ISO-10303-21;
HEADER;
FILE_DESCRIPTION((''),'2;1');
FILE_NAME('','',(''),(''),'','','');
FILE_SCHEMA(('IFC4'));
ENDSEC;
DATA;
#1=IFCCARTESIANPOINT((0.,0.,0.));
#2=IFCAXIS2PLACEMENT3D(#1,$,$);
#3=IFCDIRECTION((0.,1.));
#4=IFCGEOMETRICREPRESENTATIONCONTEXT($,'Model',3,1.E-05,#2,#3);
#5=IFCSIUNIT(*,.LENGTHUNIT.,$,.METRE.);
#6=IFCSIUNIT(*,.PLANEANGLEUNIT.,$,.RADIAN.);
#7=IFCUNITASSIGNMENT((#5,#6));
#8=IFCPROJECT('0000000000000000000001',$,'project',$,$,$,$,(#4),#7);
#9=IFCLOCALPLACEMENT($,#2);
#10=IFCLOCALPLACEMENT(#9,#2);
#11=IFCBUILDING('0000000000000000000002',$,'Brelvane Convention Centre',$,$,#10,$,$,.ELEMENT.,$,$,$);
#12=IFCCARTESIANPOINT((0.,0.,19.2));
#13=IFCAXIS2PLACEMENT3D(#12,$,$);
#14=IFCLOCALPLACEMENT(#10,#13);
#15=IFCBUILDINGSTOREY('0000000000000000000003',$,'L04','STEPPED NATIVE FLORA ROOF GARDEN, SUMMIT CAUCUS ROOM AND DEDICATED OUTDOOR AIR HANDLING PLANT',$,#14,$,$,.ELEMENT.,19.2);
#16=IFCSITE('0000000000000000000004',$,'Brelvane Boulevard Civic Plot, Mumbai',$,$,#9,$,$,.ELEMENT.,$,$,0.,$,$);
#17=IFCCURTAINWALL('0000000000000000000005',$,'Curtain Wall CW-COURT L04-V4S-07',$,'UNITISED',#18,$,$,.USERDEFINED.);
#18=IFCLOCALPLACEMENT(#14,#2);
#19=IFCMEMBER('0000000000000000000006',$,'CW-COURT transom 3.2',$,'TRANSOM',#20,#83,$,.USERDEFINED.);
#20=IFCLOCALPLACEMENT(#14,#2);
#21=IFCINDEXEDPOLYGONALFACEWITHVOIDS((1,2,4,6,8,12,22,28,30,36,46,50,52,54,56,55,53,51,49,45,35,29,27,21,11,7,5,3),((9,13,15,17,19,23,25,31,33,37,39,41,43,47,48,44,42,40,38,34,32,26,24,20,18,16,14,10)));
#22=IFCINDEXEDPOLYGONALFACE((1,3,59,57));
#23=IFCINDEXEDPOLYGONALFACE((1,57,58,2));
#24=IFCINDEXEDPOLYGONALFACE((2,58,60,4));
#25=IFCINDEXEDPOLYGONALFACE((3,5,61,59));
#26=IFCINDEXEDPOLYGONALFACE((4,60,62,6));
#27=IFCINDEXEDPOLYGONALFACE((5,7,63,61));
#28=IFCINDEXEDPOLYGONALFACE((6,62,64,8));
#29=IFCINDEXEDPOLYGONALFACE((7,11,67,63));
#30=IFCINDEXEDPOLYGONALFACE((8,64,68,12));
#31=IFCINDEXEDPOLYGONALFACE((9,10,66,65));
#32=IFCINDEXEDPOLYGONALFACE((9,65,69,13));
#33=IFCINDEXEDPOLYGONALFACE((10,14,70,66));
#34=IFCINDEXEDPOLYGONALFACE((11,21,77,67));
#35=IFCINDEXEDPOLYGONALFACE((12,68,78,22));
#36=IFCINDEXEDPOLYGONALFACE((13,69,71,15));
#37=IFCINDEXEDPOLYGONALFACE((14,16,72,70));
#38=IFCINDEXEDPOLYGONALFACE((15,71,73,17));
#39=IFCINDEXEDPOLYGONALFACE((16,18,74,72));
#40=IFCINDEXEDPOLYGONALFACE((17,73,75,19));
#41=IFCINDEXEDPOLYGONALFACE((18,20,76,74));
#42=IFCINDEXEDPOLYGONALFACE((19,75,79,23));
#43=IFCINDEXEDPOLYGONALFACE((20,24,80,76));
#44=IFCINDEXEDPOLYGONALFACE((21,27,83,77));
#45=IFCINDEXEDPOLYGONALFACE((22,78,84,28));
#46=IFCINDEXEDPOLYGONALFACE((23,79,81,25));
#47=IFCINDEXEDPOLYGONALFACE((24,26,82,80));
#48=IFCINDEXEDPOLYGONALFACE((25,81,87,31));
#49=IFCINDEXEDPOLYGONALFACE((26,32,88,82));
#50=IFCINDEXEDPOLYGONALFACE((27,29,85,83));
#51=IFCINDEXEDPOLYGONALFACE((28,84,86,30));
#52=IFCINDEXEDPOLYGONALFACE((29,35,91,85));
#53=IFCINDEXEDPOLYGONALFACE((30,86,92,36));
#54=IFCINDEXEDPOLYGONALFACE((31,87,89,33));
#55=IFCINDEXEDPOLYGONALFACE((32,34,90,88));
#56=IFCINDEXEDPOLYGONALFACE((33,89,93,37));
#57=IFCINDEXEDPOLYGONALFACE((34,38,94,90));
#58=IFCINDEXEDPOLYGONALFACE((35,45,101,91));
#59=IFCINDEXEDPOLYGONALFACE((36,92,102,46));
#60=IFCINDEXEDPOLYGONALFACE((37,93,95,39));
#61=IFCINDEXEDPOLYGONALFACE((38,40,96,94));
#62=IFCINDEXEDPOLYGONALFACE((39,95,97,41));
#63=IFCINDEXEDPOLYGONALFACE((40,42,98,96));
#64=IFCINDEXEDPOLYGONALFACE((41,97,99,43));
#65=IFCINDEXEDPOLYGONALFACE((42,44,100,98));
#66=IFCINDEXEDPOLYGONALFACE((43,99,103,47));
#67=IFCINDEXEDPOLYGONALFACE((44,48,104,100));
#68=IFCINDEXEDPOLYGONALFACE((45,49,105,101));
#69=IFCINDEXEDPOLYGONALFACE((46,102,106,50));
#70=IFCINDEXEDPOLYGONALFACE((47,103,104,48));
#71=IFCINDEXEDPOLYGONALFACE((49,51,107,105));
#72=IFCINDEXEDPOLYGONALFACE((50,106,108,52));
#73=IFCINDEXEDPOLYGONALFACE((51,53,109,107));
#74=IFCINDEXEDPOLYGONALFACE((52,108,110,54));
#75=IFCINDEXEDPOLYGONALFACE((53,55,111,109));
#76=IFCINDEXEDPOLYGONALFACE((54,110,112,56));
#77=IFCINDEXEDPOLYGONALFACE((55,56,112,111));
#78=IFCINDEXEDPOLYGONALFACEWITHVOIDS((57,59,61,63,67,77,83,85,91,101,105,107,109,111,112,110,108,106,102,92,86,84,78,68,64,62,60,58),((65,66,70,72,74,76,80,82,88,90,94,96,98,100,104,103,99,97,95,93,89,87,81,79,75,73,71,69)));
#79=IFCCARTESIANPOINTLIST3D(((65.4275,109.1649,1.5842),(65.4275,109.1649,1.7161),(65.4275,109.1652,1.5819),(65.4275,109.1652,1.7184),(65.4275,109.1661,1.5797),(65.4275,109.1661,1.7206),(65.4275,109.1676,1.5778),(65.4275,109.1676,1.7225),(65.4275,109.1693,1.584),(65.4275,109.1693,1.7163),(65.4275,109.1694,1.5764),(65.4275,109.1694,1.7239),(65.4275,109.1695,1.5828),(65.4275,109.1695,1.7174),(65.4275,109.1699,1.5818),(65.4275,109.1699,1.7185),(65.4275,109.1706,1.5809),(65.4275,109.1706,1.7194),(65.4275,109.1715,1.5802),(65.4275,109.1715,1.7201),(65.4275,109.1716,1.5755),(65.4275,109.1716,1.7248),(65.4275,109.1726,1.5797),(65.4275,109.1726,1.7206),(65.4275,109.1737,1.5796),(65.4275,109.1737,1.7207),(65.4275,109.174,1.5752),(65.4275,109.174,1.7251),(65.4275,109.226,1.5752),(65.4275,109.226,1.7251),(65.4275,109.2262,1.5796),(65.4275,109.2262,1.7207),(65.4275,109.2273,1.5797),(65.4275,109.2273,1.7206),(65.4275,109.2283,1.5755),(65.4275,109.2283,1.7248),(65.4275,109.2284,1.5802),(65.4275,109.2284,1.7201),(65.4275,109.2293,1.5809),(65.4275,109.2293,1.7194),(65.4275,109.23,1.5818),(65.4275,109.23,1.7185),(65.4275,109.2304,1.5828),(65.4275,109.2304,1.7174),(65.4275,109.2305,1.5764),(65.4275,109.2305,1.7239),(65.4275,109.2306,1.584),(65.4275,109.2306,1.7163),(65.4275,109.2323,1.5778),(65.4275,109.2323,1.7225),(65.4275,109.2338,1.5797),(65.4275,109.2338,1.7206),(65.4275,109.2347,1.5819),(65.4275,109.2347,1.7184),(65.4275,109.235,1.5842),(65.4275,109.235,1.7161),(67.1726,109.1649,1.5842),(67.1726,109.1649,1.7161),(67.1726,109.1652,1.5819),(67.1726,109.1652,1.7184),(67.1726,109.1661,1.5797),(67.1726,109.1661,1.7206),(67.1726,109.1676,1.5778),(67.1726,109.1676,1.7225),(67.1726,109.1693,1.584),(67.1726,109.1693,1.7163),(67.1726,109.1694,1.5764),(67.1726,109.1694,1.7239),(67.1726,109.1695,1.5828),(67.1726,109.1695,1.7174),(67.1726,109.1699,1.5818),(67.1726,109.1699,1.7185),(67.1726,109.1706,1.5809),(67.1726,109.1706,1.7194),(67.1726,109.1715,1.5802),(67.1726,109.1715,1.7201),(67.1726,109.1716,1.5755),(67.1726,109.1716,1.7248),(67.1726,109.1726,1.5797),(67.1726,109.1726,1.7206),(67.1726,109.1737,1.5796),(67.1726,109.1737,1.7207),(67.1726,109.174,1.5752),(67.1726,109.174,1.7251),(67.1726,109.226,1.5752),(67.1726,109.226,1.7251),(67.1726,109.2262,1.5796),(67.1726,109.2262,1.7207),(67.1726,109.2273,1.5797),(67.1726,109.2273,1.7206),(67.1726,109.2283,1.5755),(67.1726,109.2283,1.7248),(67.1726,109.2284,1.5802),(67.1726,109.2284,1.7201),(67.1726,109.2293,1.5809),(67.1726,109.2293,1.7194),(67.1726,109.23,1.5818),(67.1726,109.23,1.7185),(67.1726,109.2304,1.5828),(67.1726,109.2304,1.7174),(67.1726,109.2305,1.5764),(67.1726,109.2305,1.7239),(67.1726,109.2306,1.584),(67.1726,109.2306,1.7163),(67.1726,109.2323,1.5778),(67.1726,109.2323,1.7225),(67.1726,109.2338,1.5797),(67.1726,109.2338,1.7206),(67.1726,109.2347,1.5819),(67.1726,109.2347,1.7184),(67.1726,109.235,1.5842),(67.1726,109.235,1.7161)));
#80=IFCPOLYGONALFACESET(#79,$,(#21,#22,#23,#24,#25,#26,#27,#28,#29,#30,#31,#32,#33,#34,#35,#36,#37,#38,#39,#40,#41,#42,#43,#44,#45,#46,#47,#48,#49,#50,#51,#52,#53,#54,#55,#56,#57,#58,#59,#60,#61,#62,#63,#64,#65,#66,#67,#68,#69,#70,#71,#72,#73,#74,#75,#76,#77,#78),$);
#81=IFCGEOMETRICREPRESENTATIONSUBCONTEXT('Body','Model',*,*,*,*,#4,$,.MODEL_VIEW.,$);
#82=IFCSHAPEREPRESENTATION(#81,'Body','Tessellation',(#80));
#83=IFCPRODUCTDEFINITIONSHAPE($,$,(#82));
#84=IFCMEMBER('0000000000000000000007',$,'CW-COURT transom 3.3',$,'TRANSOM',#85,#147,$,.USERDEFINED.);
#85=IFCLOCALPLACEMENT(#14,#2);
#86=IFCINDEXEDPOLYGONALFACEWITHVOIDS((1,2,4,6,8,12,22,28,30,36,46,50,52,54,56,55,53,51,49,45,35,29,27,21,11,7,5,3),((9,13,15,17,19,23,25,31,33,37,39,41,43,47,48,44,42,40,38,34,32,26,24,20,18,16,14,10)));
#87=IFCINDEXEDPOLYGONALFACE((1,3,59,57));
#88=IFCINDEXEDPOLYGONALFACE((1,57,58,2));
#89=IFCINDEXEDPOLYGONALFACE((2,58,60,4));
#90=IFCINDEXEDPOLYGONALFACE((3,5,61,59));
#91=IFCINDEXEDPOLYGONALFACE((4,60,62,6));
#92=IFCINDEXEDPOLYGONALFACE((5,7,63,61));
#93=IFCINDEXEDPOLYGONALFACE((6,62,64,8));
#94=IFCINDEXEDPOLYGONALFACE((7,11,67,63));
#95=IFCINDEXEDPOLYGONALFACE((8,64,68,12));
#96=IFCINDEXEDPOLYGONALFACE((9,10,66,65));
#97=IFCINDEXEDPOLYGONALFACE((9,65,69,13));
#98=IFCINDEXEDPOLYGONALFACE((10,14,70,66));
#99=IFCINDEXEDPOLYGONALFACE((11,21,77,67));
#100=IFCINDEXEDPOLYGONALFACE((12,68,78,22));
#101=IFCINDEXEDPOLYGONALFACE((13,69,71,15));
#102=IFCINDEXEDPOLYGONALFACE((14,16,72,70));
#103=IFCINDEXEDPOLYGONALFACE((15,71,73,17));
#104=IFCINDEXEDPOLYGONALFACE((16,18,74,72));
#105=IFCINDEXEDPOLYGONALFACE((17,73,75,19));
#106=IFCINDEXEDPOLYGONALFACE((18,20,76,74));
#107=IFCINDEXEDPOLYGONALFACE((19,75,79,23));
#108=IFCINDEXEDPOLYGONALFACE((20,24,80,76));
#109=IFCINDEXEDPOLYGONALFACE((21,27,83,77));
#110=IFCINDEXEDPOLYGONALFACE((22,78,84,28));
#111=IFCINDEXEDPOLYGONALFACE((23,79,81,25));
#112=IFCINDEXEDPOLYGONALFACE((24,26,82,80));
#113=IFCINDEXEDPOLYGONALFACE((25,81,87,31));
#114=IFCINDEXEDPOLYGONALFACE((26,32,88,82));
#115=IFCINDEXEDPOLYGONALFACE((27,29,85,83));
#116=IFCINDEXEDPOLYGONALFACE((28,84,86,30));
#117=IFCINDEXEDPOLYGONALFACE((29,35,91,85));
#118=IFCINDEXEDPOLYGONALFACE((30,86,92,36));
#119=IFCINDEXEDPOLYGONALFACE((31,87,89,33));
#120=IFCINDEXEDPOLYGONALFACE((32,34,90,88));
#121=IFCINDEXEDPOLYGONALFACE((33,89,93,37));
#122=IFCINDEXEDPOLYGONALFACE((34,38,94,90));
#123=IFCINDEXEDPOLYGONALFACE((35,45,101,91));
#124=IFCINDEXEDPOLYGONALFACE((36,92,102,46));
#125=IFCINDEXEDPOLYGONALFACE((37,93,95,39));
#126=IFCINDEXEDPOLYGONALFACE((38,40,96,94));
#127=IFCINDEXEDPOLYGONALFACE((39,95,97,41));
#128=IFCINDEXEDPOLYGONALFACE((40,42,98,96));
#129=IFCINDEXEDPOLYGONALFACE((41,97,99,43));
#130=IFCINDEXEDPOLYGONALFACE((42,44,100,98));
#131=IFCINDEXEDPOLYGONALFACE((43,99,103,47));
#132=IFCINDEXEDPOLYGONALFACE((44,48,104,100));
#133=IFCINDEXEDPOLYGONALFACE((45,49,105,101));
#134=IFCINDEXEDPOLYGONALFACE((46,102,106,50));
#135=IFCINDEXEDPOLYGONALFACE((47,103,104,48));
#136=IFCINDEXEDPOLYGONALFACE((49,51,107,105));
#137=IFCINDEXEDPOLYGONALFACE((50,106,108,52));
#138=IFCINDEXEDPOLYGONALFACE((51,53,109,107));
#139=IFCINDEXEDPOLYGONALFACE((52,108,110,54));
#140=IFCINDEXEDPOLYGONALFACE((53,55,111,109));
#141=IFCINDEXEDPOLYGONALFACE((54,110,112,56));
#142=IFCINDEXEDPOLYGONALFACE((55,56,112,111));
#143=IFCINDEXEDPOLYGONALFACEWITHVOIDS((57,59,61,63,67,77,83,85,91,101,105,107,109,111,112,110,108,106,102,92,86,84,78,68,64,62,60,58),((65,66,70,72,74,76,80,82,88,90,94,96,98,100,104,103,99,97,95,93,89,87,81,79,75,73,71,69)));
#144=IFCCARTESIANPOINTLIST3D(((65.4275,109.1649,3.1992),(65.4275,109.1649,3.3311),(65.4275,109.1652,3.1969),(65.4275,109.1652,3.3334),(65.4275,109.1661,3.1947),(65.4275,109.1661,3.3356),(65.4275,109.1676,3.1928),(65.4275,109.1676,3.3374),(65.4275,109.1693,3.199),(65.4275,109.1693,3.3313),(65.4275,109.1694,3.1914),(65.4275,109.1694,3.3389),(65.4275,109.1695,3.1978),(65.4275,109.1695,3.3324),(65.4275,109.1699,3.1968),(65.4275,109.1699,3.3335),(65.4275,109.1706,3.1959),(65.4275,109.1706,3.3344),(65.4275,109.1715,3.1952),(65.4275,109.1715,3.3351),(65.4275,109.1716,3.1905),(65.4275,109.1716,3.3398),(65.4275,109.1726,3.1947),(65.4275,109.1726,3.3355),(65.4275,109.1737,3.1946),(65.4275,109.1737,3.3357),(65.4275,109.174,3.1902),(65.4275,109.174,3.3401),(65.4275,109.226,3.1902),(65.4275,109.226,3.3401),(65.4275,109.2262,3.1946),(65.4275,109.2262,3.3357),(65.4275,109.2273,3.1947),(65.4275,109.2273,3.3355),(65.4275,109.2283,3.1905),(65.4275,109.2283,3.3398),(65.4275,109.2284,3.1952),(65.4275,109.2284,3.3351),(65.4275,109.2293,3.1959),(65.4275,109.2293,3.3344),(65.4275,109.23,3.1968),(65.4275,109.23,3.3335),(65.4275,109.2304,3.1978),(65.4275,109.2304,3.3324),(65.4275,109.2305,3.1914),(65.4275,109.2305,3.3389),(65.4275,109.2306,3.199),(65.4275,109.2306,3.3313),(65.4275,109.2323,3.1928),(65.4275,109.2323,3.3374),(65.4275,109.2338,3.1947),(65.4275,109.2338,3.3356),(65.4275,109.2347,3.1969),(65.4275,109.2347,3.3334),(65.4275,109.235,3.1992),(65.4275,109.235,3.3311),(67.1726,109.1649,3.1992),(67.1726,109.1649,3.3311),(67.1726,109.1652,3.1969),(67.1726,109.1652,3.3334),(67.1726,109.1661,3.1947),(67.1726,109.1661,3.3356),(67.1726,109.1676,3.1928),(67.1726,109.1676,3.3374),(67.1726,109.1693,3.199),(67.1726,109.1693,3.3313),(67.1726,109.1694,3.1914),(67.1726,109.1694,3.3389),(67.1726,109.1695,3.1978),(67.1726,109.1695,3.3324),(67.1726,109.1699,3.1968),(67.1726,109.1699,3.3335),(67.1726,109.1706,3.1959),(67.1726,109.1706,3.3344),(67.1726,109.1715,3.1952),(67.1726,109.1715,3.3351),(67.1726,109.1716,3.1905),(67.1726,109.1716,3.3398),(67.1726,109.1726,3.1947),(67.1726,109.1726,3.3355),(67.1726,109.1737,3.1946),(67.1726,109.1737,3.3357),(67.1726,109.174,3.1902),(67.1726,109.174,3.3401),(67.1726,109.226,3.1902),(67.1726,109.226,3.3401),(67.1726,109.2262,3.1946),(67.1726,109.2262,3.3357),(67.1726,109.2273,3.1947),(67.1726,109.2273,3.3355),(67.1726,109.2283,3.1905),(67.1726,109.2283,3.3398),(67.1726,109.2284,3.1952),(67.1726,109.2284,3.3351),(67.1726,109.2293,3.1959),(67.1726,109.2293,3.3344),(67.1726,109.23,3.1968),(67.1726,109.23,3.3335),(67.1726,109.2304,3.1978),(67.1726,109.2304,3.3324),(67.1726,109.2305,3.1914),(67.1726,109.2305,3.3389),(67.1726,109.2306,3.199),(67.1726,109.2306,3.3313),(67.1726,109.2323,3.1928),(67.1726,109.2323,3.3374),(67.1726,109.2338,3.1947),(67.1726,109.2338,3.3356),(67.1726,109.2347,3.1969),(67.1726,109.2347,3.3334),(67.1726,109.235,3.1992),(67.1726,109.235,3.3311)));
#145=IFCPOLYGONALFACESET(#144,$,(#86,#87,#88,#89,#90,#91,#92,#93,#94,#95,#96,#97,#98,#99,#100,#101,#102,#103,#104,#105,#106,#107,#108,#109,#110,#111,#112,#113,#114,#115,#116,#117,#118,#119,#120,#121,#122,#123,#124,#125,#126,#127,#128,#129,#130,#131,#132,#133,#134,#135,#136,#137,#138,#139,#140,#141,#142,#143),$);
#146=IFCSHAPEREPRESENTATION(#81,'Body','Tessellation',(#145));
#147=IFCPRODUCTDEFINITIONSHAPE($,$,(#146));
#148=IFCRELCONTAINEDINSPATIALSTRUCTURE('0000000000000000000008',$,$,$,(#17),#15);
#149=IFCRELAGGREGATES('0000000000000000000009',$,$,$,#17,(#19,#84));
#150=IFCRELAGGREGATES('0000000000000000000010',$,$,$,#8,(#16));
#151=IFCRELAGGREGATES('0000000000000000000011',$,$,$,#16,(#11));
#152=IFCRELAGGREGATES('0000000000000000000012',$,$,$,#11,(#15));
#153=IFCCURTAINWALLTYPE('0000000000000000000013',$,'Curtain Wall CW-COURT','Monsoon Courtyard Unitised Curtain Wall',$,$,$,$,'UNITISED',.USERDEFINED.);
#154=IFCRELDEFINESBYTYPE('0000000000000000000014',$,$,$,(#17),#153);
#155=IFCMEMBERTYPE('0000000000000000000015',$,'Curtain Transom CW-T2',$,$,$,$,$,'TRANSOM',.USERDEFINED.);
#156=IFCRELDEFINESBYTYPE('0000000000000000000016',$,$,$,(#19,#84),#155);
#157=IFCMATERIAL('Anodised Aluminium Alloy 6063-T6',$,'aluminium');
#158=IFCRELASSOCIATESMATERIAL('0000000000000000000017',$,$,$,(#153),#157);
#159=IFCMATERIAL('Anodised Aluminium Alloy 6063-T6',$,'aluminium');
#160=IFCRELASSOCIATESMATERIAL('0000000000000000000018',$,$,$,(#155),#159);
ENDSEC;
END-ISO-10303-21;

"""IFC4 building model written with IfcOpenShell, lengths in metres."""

from ifc_helpers import new_model, si_unit, direction, frame, origin, origin_2d, place, context, subcontext, project, spatial, hollow_rectangle, extrude, material, material_profile, profile_set, type_object, element, aggregate, save


model = new_model("IFC4")

# Units and contexts
model_context = context("Model", 3, precision=1e-05, world=origin(), true_north=direction((0.0, 1.0)))
body_context = subcontext(model_context, "Body", "Model", "MODEL_VIEW")
ifc_project = project(units=[si_unit("LENGTHUNIT", "METRE"), si_unit("PLANEANGLEUNIT", "RADIAN")], contexts=[model_context])

# Site, building, storey
site_placement = place(None, origin())
site = spatial("IfcSite", under=ifc_project, at=site_placement, Name="Brelvane Boulevard Civic Plot, Mumbai", CompositionType="ELEMENT", RefElevation=0.0)
building_placement = place(site_placement, origin())
building = spatial("IfcBuilding", under=site, at=building_placement, Name="Brelvane Convention Centre", CompositionType="ELEMENT")
storey_placement = place(building_placement, frame((0.0, 0.0, 19.2)))
storey = spatial("IfcBuildingStorey", under=building, at=storey_placement, Name="L04", Description="STEPPED NATIVE FLORA ROOF GARDEN, SUMMIT CAUCUS ROOM AND DEDICATED OUTDOOR AIR HANDLING PLANT", CompositionType="ELEMENT", Elevation=19.2)

# Curtain wall, members
ifc_material_1 = material(Name="Anodised Aluminium Alloy 6063-T6", Category="aluminium")
curtain_wall_type = type_object("IfcCurtainWallType", Name="Curtain Wall CW-COURT", Description="Monsoon Courtyard Unitised Curtain Wall", ElementType="UNITISED", PredefinedType="USERDEFINED", material=ifc_material_1)
curtain_wall_placement = place(storey_placement, origin())
curtain_wall = element("IfcCurtainWall", 1, at=curtain_wall_placement, inside=storey, type_object=curtain_wall_type, Name="Curtain Wall CW-COURT L04-V4S-07", ObjectType="UNITISED", PredefinedType="USERDEFINED")
ifc_material_2 = material(Name="Anodised Aluminium Alloy 6063-T6", Category="aluminium")
ifc_material_profile_1 = material_profile(ifc_material_2, hollow_rectangle(XDim=0.0701, YDim=0.1499, WallThickness=0.0044, InnerFilletRadius=0.0044, OuterFilletRadius=0.009, at=origin_2d()), Name="ALU-T 150x70x4.5")
ifc_profile_set_1 = profile_set([ifc_material_profile_1], Name="Anodised Aluminium Alloy 6063-T6")
member_type_1 = type_object("IfcMemberType", Name="Curtain Transom CW-T2", ElementType="TRANSOM", PredefinedType="USERDEFINED", material=ifc_profile_set_1)
member_1_placement = place(storey_placement, frame((65.4275, 109.2, 1.6501), z_axis=(1.0, 0.0, 0.0), x_axis=(0.0, 1.0, 0.0)))
member_1 = element("IfcMember", 2, at=member_1_placement, type_object=member_type_1, Name="CW-COURT transom 3.2", ObjectType="TRANSOM", PredefinedType="USERDEFINED", context=body_context, shape_type="SweptSolid", body=[
    extrude(hollow_rectangle(XDim=0.0701, YDim=0.1499, WallThickness=0.0044, InnerFilletRadius=0.0044, OuterFilletRadius=0.009, at=origin_2d()), origin(), (0.0, 0.0, 1.0), 1.7451),
])
member_2_placement = place(storey_placement, frame((65.4275, 109.2, 3.2651), z_axis=(1.0, 0.0, 0.0), x_axis=(0.0, 1.0, 0.0)))
member_2 = element("IfcMember", 3, at=member_2_placement, type_object=member_type_1, Name="CW-COURT transom 3.3", ObjectType="TRANSOM", PredefinedType="USERDEFINED", context=body_context, shape_type="SweptSolid", body=[
    extrude(hollow_rectangle(XDim=0.0701, YDim=0.1499, WallThickness=0.0044, InnerFilletRadius=0.0044, OuterFilletRadius=0.009, at=origin_2d()), origin(), (0.0, 0.0, 1.0), 1.7451),
])

aggregate(curtain_wall, [member_1, member_2])

save(model, "model.ifc")
